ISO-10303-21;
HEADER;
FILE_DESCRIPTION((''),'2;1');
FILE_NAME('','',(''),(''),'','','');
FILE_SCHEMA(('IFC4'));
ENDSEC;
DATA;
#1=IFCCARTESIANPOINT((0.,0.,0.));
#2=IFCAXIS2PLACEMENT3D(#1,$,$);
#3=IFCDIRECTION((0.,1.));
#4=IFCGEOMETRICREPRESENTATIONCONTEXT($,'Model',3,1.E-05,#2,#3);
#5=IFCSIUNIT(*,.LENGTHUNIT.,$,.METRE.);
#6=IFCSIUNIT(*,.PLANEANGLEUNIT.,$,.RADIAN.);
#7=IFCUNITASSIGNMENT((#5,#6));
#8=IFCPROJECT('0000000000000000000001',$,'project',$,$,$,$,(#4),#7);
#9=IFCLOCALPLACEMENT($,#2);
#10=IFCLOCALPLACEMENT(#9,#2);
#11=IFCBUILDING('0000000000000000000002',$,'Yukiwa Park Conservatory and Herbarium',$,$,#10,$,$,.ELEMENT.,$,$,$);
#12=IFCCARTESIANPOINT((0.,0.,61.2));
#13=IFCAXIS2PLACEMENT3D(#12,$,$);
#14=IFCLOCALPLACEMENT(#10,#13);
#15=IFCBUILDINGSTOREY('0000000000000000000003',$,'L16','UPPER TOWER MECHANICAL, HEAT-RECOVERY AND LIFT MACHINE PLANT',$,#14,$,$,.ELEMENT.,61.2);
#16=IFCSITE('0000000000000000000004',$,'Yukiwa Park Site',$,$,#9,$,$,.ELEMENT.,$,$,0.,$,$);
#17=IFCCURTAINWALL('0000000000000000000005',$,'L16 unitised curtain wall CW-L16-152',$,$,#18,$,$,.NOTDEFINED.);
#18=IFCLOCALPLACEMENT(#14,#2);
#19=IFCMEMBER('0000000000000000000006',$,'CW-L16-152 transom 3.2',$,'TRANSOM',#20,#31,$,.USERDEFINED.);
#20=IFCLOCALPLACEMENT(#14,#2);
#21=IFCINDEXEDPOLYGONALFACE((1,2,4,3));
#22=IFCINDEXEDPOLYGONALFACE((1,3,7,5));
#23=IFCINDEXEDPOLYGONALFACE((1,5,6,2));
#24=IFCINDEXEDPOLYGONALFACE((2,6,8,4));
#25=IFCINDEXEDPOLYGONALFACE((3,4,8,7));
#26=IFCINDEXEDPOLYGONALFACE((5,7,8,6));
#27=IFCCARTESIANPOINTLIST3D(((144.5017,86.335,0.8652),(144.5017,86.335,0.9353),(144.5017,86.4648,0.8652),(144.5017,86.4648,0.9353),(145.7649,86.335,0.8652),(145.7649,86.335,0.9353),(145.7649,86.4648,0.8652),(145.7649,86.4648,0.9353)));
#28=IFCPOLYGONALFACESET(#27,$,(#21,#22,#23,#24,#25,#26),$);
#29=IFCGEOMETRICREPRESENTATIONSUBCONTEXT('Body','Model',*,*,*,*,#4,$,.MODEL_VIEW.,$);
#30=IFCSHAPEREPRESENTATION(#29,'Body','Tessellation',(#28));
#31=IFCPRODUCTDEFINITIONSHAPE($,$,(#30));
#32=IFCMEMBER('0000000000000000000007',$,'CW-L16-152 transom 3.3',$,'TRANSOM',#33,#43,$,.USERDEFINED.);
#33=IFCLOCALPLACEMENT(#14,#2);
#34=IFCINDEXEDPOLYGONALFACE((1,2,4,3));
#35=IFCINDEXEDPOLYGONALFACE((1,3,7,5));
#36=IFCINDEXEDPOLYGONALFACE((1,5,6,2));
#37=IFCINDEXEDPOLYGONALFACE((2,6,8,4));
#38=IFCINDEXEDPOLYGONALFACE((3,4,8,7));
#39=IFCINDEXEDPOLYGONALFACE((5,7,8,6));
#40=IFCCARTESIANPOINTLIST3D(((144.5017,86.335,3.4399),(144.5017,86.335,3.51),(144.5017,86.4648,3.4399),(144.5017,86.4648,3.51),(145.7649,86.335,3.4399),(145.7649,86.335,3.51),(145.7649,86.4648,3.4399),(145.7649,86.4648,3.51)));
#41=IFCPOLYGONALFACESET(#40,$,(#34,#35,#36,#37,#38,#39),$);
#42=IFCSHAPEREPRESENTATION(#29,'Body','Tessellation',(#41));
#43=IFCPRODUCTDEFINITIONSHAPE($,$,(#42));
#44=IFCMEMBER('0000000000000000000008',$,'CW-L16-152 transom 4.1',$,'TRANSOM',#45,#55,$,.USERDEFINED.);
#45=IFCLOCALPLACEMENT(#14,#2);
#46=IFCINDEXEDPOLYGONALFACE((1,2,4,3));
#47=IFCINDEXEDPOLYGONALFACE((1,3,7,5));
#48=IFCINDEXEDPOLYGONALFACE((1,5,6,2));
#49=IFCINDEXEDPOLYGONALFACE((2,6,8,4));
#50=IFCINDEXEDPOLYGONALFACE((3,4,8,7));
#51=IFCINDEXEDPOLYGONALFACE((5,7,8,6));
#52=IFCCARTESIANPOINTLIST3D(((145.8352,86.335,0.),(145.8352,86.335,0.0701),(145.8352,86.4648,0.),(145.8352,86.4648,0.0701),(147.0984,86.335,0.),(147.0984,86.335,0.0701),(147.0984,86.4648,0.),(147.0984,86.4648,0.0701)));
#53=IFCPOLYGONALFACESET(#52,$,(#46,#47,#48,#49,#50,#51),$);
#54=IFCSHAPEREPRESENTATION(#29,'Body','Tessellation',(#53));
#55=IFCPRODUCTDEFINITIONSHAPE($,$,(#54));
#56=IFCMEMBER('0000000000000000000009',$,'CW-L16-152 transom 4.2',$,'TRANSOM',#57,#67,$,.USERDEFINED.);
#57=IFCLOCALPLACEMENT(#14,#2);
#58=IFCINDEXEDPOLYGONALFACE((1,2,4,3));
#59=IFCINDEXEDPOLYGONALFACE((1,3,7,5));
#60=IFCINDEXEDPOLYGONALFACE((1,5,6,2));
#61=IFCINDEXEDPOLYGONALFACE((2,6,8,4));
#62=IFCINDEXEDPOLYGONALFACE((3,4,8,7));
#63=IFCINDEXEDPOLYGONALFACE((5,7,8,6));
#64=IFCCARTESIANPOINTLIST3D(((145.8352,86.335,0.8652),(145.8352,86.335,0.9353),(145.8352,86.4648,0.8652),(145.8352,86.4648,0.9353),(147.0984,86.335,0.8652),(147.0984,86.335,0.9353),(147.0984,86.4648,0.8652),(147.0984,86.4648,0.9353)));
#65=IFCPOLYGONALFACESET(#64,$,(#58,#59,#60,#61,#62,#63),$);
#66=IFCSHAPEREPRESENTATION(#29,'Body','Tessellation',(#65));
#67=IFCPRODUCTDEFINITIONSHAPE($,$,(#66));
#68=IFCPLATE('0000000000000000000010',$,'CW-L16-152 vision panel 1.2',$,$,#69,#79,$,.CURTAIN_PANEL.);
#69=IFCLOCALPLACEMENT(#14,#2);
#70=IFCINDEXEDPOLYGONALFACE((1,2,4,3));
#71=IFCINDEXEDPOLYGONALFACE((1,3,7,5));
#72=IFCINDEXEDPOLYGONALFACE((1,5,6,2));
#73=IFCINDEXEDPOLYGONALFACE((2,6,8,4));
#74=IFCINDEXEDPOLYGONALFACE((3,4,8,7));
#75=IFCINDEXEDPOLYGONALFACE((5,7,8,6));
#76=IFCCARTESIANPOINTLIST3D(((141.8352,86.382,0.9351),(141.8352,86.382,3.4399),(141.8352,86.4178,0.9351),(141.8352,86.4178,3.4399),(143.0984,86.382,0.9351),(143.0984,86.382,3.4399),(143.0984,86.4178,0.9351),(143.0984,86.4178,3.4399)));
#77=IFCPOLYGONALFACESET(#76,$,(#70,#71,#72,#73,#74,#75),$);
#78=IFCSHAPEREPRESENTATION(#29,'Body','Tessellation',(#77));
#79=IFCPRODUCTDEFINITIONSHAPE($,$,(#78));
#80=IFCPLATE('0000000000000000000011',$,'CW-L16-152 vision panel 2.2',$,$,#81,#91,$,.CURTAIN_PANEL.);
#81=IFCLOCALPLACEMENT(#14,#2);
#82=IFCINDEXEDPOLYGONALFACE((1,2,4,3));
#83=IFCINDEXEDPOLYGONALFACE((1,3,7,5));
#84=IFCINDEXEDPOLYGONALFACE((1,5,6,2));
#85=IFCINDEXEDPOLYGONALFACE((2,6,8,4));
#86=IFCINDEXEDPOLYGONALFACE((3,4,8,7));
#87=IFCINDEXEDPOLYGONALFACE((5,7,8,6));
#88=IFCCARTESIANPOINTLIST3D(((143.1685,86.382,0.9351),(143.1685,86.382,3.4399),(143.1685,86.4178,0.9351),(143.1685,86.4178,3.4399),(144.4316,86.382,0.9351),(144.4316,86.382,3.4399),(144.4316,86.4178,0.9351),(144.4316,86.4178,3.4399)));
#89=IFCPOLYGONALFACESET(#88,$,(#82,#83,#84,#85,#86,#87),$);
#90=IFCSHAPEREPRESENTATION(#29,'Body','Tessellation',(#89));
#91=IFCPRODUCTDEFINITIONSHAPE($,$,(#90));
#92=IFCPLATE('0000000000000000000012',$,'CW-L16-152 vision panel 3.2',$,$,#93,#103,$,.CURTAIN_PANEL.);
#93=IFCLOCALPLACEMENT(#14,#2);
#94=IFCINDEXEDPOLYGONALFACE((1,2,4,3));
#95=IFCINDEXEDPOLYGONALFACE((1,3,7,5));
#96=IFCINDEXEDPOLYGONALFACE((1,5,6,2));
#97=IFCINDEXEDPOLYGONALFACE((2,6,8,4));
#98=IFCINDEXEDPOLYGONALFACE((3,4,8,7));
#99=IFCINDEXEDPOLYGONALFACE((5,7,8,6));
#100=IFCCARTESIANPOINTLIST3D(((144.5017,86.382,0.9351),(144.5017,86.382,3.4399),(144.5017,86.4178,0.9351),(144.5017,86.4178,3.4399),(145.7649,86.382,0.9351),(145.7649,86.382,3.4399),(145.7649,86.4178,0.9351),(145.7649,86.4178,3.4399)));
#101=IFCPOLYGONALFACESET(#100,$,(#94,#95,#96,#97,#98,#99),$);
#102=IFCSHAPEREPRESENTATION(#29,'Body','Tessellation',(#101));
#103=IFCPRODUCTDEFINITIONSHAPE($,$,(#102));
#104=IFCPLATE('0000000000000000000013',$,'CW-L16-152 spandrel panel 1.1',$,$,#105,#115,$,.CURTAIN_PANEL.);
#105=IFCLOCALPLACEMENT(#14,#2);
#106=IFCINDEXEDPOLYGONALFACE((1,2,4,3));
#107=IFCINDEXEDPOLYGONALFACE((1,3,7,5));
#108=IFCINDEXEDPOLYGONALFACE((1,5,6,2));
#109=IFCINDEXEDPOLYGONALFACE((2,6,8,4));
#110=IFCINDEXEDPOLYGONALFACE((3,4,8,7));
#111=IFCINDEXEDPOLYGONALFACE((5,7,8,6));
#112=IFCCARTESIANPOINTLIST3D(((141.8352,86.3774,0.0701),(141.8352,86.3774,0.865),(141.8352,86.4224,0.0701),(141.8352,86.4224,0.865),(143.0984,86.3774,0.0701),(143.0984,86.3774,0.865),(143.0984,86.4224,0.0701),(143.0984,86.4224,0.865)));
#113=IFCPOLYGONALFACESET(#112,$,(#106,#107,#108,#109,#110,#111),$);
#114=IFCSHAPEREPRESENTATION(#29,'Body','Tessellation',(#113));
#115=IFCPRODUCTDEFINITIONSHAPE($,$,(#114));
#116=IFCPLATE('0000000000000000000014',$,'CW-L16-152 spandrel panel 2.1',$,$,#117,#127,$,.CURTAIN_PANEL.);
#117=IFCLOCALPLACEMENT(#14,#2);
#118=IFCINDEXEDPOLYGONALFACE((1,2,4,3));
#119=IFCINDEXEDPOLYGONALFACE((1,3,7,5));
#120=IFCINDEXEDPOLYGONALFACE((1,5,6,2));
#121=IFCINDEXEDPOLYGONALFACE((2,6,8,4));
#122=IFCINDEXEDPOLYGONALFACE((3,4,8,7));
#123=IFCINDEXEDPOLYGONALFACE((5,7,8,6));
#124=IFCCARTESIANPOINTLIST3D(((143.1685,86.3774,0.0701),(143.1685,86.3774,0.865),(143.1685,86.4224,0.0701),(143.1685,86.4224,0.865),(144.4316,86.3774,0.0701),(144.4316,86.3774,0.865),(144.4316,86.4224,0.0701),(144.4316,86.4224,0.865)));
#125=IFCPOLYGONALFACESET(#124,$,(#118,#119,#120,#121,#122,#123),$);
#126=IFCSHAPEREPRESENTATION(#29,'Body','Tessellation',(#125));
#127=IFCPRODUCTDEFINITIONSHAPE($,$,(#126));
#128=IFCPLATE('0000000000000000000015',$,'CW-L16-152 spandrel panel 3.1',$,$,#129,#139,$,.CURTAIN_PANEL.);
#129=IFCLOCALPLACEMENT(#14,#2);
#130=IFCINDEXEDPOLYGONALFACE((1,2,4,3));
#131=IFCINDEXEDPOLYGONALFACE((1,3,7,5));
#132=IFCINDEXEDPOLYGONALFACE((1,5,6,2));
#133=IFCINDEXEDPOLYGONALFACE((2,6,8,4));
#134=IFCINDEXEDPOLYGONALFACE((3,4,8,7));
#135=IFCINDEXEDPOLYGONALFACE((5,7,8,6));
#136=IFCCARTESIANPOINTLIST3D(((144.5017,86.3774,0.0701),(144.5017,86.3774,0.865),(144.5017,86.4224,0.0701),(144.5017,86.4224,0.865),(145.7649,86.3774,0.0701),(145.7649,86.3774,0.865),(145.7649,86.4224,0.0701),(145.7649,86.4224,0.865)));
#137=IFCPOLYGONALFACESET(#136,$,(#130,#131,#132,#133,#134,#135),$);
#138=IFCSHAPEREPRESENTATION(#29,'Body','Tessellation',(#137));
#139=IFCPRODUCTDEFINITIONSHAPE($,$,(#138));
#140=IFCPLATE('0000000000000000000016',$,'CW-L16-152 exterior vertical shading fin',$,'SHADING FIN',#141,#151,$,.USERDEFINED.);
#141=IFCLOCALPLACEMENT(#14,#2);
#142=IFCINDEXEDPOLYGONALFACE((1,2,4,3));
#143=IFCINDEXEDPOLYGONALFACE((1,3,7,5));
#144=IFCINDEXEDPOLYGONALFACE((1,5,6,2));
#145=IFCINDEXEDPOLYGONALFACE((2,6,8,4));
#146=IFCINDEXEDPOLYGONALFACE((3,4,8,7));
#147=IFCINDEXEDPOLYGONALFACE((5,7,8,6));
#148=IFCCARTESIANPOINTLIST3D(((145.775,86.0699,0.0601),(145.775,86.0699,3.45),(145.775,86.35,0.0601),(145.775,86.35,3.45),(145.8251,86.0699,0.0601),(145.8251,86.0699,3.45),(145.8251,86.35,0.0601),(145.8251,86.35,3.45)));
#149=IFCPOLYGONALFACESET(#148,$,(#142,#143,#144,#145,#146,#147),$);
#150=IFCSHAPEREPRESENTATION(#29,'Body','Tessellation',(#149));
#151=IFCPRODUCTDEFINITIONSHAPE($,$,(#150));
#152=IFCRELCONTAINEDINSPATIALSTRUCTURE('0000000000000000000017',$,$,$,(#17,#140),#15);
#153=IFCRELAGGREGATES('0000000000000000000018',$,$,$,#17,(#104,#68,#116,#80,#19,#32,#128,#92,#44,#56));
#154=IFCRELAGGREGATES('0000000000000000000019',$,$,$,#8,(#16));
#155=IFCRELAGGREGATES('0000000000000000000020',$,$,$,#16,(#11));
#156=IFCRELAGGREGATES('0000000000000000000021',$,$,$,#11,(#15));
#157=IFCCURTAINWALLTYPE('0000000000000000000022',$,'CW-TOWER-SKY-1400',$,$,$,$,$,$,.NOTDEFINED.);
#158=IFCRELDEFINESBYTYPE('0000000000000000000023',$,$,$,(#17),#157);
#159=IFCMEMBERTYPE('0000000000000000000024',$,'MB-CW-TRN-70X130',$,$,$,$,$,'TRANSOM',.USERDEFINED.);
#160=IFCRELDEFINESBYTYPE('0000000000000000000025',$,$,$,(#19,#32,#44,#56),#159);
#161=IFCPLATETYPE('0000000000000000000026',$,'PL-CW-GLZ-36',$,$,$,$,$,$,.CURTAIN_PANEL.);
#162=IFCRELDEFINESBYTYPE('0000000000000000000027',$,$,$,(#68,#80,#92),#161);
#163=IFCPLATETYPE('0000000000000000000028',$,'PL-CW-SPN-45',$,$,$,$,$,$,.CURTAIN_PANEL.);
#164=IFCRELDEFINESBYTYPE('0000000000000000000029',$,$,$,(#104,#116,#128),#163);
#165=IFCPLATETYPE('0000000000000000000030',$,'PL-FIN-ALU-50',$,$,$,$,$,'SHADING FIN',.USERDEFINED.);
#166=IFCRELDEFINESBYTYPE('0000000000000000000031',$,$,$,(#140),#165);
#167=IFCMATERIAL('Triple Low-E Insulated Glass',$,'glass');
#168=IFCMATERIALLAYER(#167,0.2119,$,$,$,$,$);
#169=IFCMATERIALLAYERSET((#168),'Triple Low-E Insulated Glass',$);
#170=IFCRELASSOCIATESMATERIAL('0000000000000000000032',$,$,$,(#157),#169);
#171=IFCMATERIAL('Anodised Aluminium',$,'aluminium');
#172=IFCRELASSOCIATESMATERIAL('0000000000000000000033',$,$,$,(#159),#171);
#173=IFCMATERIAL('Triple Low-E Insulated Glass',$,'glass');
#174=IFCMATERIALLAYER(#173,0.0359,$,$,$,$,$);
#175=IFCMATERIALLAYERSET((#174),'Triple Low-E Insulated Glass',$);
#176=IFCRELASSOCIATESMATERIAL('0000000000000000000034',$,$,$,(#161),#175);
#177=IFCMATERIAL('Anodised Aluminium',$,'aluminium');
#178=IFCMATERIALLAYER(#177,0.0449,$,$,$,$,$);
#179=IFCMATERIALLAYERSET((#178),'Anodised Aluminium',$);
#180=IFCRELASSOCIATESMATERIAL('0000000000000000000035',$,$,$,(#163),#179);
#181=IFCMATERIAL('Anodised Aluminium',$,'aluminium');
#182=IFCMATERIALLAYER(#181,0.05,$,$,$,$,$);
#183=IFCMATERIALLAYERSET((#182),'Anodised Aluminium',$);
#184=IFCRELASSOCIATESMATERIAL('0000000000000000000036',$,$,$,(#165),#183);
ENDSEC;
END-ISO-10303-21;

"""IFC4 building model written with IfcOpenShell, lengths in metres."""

from ifc_helpers import new_model, si_unit, direction, frame, origin, origin_2d, place, context, subcontext, project, spatial, rectangle, extrude, material, layer, layer_set, type_object, element, aggregate, save


model = new_model("IFC4")

# Units and contexts
model_context = context("Model", 3, precision=1e-05, world=origin(), true_north=direction((0.0, 1.0)))
body_context = subcontext(model_context, "Body", "Model", "MODEL_VIEW")
ifc_project = project(units=[si_unit("LENGTHUNIT", "METRE"), si_unit("PLANEANGLEUNIT", "RADIAN")], contexts=[model_context])

# Site, building, storey
site_placement = place(None, origin())
site = spatial("IfcSite", under=ifc_project, at=site_placement, Name="Yukiwa Park Site", CompositionType="ELEMENT", RefElevation=0.0)
building_placement = place(site_placement, origin())
building = spatial("IfcBuilding", under=site, at=building_placement, Name="Yukiwa Park Conservatory and Herbarium", CompositionType="ELEMENT")
storey_placement = place(building_placement, frame((0.0, 0.0, 61.2)))
storey = spatial("IfcBuildingStorey", under=building, at=storey_placement, Name="L16", Description="UPPER TOWER MECHANICAL, HEAT-RECOVERY AND LIFT MACHINE PLANT", CompositionType="ELEMENT", Elevation=61.2)

# Curtain wall, members, plates
ifc_material_1 = material(Name="Triple Low-E Insulated Glass", Category="glass")
ifc_layer_1 = layer(ifc_material_1, 0.2119)
ifc_layer_set_1 = layer_set([ifc_layer_1], Name="Triple Low-E Insulated Glass")
curtain_wall_type = type_object("IfcCurtainWallType", Name="CW-TOWER-SKY-1400", PredefinedType="NOTDEFINED", material=ifc_layer_set_1)
curtain_wall_placement = place(storey_placement, origin())
curtain_wall = element("IfcCurtainWall", 1, at=curtain_wall_placement, inside=storey, type_object=curtain_wall_type, Name="L16 unitised curtain wall CW-L16-152", PredefinedType="NOTDEFINED")
ifc_material_2 = material(Name="Anodised Aluminium", Category="aluminium")
member_type_1 = type_object("IfcMemberType", Name="MB-CW-TRN-70X130", ElementType="TRANSOM", PredefinedType="USERDEFINED", material=ifc_material_2)
member_1_placement = place(storey_placement, frame((145.1333, 86.3999, 0.8652), z_axis=(0.0, 0.0, 1.0), x_axis=(1.0, 0.0, 0.0)))
member_1 = element("IfcMember", 2, at=member_1_placement, type_object=member_type_1, Name="CW-L16-152 transom 3.2", ObjectType="TRANSOM", PredefinedType="USERDEFINED", context=body_context, shape_type="SweptSolid", body=[
    extrude(rectangle(XDim=1.2632, YDim=0.1299, at=origin_2d()), origin(), (0.0, 0.0, 1.0), 0.0701),
])
member_2_placement = place(storey_placement, frame((145.1333, 86.3999, 3.4399), z_axis=(0.0, 0.0, 1.0), x_axis=(1.0, 0.0, 0.0)))
member_2 = element("IfcMember", 3, at=member_2_placement, type_object=member_type_1, Name="CW-L16-152 transom 3.3", ObjectType="TRANSOM", PredefinedType="USERDEFINED", context=body_context, shape_type="SweptSolid", body=[
    extrude(rectangle(XDim=1.2632, YDim=0.1299, at=origin_2d()), origin(), (0.0, 0.0, 1.0), 0.0701),
])
member_3_placement = place(storey_placement, frame((146.4668, 86.3999, 0.0), z_axis=(0.0, 0.0, 1.0), x_axis=(1.0, 0.0, 0.0)))
member_3 = element("IfcMember", 4, at=member_3_placement, type_object=member_type_1, Name="CW-L16-152 transom 4.1", ObjectType="TRANSOM", PredefinedType="USERDEFINED", context=body_context, shape_type="SweptSolid", body=[
    extrude(rectangle(XDim=1.2632, YDim=0.1299, at=origin_2d()), origin(), (0.0, 0.0, 1.0), 0.0701),
])
member_4_placement = place(storey_placement, frame((146.4668, 86.3999, 0.8652), z_axis=(0.0, 0.0, 1.0), x_axis=(1.0, 0.0, 0.0)))
member_4 = element("IfcMember", 5, at=member_4_placement, type_object=member_type_1, Name="CW-L16-152 transom 4.2", ObjectType="TRANSOM", PredefinedType="USERDEFINED", context=body_context, shape_type="SweptSolid", body=[
    extrude(rectangle(XDim=1.2632, YDim=0.1299, at=origin_2d()), origin(), (0.0, 0.0, 1.0), 0.0701),
])
ifc_material_3 = material(Name="Triple Low-E Insulated Glass", Category="glass")
ifc_layer_2 = layer(ifc_material_3, 0.0359)
ifc_layer_set_2 = layer_set([ifc_layer_2], Name="Triple Low-E Insulated Glass")
plate_type_1 = type_object("IfcPlateType", Name="PL-CW-GLZ-36", PredefinedType="CURTAIN_PANEL", material=ifc_layer_set_2)
plate_1_placement = place(storey_placement, frame((142.4668, 86.3999, 0.9351), z_axis=(0.0, 0.0, 1.0), x_axis=(1.0, 0.0, 0.0)))
plate_1 = element("IfcPlate", 6, at=plate_1_placement, type_object=plate_type_1, Name="CW-L16-152 vision panel 1.2", PredefinedType="CURTAIN_PANEL", context=body_context, shape_type="SweptSolid", body=[
    extrude(rectangle(XDim=1.2632, YDim=0.0359, at=origin_2d()), origin(), (0.0, 0.0, 1.0), 2.5049),
])
plate_2_placement = place(storey_placement, frame((143.8, 86.3999, 0.9351), z_axis=(0.0, 0.0, 1.0), x_axis=(1.0, 0.0, 0.0)))
plate_2 = element("IfcPlate", 7, at=plate_2_placement, type_object=plate_type_1, Name="CW-L16-152 vision panel 2.2", PredefinedType="CURTAIN_PANEL", context=body_context, shape_type="SweptSolid", body=[
    extrude(rectangle(XDim=1.2632, YDim=0.0359, at=origin_2d()), origin(), (0.0, 0.0, 1.0), 2.5049),
])
plate_3_placement = place(storey_placement, frame((145.1333, 86.3999, 0.9351), z_axis=(0.0, 0.0, 1.0), x_axis=(1.0, 0.0, 0.0)))
plate_3 = element("IfcPlate", 8, at=plate_3_placement, type_object=plate_type_1, Name="CW-L16-152 vision panel 3.2", PredefinedType="CURTAIN_PANEL", context=body_context, shape_type="SweptSolid", body=[
    extrude(rectangle(XDim=1.2632, YDim=0.0359, at=origin_2d()), origin(), (0.0, 0.0, 1.0), 2.5049),
])
ifc_material_4 = material(Name="Anodised Aluminium", Category="aluminium")
ifc_layer_3 = layer(ifc_material_4, 0.0449)
ifc_layer_set_3 = layer_set([ifc_layer_3], Name="Anodised Aluminium")
plate_type_2 = type_object("IfcPlateType", Name="PL-CW-SPN-45", PredefinedType="CURTAIN_PANEL", material=ifc_layer_set_3)
plate_4_placement = place(storey_placement, frame((142.4668, 86.3999, 0.0701), z_axis=(0.0, 0.0, 1.0), x_axis=(1.0, 0.0, 0.0)))
plate_4 = element("IfcPlate", 9, at=plate_4_placement, type_object=plate_type_2, Name="CW-L16-152 spandrel panel 1.1", PredefinedType="CURTAIN_PANEL", context=body_context, shape_type="SweptSolid", body=[
    extrude(rectangle(XDim=1.2632, YDim=0.0449, at=origin_2d()), origin(), (0.0, 0.0, 1.0), 0.7949),
])
plate_5_placement = place(storey_placement, frame((143.8, 86.3999, 0.0701), z_axis=(0.0, 0.0, 1.0), x_axis=(1.0, 0.0, 0.0)))
plate_5 = element("IfcPlate", 10, at=plate_5_placement, type_object=plate_type_2, Name="CW-L16-152 spandrel panel 2.1", PredefinedType="CURTAIN_PANEL", context=body_context, shape_type="SweptSolid", body=[
    extrude(rectangle(XDim=1.2632, YDim=0.0449, at=origin_2d()), origin(), (0.0, 0.0, 1.0), 0.7949),
])
plate_6_placement = place(storey_placement, frame((145.1333, 86.3999, 0.0701), z_axis=(0.0, 0.0, 1.0), x_axis=(1.0, 0.0, 0.0)))
plate_6 = element("IfcPlate", 11, at=plate_6_placement, type_object=plate_type_2, Name="CW-L16-152 spandrel panel 3.1", PredefinedType="CURTAIN_PANEL", context=body_context, shape_type="SweptSolid", body=[
    extrude(rectangle(XDim=1.2632, YDim=0.0449, at=origin_2d()), origin(), (0.0, 0.0, 1.0), 0.7949),
])
aggregate(curtain_wall, [plate_4, plate_1, plate_5, plate_2, member_1, member_2, plate_6, plate_3, member_3, member_4])

# Plate
ifc_material_5 = material(Name="Anodised Aluminium", Category="aluminium")
ifc_layer_4 = layer(ifc_material_5, 0.05)
ifc_layer_set_4 = layer_set([ifc_layer_4], Name="Anodised Aluminium")
plate_type_3 = type_object("IfcPlateType", Name="PL-FIN-ALU-50", ElementType="SHADING FIN", PredefinedType="USERDEFINED", material=ifc_layer_set_4)
plate_7_placement = place(storey_placement, frame((145.8, 86.21, 0.0601), z_axis=(0.0, 0.0, 1.0), x_axis=(1.0, 0.0, 0.0)))
element("IfcPlate", 12, at=plate_7_placement, inside=storey, type_object=plate_type_3, Name="CW-L16-152 exterior vertical shading fin", ObjectType="SHADING FIN", PredefinedType="USERDEFINED", context=body_context, shape_type="SweptSolid", body=[
    extrude(rectangle(XDim=0.05, YDim=0.28, at=origin_2d()), origin(), (0.0, 0.0, 1.0), 3.3899),
])

save(model, "model.ifc")
